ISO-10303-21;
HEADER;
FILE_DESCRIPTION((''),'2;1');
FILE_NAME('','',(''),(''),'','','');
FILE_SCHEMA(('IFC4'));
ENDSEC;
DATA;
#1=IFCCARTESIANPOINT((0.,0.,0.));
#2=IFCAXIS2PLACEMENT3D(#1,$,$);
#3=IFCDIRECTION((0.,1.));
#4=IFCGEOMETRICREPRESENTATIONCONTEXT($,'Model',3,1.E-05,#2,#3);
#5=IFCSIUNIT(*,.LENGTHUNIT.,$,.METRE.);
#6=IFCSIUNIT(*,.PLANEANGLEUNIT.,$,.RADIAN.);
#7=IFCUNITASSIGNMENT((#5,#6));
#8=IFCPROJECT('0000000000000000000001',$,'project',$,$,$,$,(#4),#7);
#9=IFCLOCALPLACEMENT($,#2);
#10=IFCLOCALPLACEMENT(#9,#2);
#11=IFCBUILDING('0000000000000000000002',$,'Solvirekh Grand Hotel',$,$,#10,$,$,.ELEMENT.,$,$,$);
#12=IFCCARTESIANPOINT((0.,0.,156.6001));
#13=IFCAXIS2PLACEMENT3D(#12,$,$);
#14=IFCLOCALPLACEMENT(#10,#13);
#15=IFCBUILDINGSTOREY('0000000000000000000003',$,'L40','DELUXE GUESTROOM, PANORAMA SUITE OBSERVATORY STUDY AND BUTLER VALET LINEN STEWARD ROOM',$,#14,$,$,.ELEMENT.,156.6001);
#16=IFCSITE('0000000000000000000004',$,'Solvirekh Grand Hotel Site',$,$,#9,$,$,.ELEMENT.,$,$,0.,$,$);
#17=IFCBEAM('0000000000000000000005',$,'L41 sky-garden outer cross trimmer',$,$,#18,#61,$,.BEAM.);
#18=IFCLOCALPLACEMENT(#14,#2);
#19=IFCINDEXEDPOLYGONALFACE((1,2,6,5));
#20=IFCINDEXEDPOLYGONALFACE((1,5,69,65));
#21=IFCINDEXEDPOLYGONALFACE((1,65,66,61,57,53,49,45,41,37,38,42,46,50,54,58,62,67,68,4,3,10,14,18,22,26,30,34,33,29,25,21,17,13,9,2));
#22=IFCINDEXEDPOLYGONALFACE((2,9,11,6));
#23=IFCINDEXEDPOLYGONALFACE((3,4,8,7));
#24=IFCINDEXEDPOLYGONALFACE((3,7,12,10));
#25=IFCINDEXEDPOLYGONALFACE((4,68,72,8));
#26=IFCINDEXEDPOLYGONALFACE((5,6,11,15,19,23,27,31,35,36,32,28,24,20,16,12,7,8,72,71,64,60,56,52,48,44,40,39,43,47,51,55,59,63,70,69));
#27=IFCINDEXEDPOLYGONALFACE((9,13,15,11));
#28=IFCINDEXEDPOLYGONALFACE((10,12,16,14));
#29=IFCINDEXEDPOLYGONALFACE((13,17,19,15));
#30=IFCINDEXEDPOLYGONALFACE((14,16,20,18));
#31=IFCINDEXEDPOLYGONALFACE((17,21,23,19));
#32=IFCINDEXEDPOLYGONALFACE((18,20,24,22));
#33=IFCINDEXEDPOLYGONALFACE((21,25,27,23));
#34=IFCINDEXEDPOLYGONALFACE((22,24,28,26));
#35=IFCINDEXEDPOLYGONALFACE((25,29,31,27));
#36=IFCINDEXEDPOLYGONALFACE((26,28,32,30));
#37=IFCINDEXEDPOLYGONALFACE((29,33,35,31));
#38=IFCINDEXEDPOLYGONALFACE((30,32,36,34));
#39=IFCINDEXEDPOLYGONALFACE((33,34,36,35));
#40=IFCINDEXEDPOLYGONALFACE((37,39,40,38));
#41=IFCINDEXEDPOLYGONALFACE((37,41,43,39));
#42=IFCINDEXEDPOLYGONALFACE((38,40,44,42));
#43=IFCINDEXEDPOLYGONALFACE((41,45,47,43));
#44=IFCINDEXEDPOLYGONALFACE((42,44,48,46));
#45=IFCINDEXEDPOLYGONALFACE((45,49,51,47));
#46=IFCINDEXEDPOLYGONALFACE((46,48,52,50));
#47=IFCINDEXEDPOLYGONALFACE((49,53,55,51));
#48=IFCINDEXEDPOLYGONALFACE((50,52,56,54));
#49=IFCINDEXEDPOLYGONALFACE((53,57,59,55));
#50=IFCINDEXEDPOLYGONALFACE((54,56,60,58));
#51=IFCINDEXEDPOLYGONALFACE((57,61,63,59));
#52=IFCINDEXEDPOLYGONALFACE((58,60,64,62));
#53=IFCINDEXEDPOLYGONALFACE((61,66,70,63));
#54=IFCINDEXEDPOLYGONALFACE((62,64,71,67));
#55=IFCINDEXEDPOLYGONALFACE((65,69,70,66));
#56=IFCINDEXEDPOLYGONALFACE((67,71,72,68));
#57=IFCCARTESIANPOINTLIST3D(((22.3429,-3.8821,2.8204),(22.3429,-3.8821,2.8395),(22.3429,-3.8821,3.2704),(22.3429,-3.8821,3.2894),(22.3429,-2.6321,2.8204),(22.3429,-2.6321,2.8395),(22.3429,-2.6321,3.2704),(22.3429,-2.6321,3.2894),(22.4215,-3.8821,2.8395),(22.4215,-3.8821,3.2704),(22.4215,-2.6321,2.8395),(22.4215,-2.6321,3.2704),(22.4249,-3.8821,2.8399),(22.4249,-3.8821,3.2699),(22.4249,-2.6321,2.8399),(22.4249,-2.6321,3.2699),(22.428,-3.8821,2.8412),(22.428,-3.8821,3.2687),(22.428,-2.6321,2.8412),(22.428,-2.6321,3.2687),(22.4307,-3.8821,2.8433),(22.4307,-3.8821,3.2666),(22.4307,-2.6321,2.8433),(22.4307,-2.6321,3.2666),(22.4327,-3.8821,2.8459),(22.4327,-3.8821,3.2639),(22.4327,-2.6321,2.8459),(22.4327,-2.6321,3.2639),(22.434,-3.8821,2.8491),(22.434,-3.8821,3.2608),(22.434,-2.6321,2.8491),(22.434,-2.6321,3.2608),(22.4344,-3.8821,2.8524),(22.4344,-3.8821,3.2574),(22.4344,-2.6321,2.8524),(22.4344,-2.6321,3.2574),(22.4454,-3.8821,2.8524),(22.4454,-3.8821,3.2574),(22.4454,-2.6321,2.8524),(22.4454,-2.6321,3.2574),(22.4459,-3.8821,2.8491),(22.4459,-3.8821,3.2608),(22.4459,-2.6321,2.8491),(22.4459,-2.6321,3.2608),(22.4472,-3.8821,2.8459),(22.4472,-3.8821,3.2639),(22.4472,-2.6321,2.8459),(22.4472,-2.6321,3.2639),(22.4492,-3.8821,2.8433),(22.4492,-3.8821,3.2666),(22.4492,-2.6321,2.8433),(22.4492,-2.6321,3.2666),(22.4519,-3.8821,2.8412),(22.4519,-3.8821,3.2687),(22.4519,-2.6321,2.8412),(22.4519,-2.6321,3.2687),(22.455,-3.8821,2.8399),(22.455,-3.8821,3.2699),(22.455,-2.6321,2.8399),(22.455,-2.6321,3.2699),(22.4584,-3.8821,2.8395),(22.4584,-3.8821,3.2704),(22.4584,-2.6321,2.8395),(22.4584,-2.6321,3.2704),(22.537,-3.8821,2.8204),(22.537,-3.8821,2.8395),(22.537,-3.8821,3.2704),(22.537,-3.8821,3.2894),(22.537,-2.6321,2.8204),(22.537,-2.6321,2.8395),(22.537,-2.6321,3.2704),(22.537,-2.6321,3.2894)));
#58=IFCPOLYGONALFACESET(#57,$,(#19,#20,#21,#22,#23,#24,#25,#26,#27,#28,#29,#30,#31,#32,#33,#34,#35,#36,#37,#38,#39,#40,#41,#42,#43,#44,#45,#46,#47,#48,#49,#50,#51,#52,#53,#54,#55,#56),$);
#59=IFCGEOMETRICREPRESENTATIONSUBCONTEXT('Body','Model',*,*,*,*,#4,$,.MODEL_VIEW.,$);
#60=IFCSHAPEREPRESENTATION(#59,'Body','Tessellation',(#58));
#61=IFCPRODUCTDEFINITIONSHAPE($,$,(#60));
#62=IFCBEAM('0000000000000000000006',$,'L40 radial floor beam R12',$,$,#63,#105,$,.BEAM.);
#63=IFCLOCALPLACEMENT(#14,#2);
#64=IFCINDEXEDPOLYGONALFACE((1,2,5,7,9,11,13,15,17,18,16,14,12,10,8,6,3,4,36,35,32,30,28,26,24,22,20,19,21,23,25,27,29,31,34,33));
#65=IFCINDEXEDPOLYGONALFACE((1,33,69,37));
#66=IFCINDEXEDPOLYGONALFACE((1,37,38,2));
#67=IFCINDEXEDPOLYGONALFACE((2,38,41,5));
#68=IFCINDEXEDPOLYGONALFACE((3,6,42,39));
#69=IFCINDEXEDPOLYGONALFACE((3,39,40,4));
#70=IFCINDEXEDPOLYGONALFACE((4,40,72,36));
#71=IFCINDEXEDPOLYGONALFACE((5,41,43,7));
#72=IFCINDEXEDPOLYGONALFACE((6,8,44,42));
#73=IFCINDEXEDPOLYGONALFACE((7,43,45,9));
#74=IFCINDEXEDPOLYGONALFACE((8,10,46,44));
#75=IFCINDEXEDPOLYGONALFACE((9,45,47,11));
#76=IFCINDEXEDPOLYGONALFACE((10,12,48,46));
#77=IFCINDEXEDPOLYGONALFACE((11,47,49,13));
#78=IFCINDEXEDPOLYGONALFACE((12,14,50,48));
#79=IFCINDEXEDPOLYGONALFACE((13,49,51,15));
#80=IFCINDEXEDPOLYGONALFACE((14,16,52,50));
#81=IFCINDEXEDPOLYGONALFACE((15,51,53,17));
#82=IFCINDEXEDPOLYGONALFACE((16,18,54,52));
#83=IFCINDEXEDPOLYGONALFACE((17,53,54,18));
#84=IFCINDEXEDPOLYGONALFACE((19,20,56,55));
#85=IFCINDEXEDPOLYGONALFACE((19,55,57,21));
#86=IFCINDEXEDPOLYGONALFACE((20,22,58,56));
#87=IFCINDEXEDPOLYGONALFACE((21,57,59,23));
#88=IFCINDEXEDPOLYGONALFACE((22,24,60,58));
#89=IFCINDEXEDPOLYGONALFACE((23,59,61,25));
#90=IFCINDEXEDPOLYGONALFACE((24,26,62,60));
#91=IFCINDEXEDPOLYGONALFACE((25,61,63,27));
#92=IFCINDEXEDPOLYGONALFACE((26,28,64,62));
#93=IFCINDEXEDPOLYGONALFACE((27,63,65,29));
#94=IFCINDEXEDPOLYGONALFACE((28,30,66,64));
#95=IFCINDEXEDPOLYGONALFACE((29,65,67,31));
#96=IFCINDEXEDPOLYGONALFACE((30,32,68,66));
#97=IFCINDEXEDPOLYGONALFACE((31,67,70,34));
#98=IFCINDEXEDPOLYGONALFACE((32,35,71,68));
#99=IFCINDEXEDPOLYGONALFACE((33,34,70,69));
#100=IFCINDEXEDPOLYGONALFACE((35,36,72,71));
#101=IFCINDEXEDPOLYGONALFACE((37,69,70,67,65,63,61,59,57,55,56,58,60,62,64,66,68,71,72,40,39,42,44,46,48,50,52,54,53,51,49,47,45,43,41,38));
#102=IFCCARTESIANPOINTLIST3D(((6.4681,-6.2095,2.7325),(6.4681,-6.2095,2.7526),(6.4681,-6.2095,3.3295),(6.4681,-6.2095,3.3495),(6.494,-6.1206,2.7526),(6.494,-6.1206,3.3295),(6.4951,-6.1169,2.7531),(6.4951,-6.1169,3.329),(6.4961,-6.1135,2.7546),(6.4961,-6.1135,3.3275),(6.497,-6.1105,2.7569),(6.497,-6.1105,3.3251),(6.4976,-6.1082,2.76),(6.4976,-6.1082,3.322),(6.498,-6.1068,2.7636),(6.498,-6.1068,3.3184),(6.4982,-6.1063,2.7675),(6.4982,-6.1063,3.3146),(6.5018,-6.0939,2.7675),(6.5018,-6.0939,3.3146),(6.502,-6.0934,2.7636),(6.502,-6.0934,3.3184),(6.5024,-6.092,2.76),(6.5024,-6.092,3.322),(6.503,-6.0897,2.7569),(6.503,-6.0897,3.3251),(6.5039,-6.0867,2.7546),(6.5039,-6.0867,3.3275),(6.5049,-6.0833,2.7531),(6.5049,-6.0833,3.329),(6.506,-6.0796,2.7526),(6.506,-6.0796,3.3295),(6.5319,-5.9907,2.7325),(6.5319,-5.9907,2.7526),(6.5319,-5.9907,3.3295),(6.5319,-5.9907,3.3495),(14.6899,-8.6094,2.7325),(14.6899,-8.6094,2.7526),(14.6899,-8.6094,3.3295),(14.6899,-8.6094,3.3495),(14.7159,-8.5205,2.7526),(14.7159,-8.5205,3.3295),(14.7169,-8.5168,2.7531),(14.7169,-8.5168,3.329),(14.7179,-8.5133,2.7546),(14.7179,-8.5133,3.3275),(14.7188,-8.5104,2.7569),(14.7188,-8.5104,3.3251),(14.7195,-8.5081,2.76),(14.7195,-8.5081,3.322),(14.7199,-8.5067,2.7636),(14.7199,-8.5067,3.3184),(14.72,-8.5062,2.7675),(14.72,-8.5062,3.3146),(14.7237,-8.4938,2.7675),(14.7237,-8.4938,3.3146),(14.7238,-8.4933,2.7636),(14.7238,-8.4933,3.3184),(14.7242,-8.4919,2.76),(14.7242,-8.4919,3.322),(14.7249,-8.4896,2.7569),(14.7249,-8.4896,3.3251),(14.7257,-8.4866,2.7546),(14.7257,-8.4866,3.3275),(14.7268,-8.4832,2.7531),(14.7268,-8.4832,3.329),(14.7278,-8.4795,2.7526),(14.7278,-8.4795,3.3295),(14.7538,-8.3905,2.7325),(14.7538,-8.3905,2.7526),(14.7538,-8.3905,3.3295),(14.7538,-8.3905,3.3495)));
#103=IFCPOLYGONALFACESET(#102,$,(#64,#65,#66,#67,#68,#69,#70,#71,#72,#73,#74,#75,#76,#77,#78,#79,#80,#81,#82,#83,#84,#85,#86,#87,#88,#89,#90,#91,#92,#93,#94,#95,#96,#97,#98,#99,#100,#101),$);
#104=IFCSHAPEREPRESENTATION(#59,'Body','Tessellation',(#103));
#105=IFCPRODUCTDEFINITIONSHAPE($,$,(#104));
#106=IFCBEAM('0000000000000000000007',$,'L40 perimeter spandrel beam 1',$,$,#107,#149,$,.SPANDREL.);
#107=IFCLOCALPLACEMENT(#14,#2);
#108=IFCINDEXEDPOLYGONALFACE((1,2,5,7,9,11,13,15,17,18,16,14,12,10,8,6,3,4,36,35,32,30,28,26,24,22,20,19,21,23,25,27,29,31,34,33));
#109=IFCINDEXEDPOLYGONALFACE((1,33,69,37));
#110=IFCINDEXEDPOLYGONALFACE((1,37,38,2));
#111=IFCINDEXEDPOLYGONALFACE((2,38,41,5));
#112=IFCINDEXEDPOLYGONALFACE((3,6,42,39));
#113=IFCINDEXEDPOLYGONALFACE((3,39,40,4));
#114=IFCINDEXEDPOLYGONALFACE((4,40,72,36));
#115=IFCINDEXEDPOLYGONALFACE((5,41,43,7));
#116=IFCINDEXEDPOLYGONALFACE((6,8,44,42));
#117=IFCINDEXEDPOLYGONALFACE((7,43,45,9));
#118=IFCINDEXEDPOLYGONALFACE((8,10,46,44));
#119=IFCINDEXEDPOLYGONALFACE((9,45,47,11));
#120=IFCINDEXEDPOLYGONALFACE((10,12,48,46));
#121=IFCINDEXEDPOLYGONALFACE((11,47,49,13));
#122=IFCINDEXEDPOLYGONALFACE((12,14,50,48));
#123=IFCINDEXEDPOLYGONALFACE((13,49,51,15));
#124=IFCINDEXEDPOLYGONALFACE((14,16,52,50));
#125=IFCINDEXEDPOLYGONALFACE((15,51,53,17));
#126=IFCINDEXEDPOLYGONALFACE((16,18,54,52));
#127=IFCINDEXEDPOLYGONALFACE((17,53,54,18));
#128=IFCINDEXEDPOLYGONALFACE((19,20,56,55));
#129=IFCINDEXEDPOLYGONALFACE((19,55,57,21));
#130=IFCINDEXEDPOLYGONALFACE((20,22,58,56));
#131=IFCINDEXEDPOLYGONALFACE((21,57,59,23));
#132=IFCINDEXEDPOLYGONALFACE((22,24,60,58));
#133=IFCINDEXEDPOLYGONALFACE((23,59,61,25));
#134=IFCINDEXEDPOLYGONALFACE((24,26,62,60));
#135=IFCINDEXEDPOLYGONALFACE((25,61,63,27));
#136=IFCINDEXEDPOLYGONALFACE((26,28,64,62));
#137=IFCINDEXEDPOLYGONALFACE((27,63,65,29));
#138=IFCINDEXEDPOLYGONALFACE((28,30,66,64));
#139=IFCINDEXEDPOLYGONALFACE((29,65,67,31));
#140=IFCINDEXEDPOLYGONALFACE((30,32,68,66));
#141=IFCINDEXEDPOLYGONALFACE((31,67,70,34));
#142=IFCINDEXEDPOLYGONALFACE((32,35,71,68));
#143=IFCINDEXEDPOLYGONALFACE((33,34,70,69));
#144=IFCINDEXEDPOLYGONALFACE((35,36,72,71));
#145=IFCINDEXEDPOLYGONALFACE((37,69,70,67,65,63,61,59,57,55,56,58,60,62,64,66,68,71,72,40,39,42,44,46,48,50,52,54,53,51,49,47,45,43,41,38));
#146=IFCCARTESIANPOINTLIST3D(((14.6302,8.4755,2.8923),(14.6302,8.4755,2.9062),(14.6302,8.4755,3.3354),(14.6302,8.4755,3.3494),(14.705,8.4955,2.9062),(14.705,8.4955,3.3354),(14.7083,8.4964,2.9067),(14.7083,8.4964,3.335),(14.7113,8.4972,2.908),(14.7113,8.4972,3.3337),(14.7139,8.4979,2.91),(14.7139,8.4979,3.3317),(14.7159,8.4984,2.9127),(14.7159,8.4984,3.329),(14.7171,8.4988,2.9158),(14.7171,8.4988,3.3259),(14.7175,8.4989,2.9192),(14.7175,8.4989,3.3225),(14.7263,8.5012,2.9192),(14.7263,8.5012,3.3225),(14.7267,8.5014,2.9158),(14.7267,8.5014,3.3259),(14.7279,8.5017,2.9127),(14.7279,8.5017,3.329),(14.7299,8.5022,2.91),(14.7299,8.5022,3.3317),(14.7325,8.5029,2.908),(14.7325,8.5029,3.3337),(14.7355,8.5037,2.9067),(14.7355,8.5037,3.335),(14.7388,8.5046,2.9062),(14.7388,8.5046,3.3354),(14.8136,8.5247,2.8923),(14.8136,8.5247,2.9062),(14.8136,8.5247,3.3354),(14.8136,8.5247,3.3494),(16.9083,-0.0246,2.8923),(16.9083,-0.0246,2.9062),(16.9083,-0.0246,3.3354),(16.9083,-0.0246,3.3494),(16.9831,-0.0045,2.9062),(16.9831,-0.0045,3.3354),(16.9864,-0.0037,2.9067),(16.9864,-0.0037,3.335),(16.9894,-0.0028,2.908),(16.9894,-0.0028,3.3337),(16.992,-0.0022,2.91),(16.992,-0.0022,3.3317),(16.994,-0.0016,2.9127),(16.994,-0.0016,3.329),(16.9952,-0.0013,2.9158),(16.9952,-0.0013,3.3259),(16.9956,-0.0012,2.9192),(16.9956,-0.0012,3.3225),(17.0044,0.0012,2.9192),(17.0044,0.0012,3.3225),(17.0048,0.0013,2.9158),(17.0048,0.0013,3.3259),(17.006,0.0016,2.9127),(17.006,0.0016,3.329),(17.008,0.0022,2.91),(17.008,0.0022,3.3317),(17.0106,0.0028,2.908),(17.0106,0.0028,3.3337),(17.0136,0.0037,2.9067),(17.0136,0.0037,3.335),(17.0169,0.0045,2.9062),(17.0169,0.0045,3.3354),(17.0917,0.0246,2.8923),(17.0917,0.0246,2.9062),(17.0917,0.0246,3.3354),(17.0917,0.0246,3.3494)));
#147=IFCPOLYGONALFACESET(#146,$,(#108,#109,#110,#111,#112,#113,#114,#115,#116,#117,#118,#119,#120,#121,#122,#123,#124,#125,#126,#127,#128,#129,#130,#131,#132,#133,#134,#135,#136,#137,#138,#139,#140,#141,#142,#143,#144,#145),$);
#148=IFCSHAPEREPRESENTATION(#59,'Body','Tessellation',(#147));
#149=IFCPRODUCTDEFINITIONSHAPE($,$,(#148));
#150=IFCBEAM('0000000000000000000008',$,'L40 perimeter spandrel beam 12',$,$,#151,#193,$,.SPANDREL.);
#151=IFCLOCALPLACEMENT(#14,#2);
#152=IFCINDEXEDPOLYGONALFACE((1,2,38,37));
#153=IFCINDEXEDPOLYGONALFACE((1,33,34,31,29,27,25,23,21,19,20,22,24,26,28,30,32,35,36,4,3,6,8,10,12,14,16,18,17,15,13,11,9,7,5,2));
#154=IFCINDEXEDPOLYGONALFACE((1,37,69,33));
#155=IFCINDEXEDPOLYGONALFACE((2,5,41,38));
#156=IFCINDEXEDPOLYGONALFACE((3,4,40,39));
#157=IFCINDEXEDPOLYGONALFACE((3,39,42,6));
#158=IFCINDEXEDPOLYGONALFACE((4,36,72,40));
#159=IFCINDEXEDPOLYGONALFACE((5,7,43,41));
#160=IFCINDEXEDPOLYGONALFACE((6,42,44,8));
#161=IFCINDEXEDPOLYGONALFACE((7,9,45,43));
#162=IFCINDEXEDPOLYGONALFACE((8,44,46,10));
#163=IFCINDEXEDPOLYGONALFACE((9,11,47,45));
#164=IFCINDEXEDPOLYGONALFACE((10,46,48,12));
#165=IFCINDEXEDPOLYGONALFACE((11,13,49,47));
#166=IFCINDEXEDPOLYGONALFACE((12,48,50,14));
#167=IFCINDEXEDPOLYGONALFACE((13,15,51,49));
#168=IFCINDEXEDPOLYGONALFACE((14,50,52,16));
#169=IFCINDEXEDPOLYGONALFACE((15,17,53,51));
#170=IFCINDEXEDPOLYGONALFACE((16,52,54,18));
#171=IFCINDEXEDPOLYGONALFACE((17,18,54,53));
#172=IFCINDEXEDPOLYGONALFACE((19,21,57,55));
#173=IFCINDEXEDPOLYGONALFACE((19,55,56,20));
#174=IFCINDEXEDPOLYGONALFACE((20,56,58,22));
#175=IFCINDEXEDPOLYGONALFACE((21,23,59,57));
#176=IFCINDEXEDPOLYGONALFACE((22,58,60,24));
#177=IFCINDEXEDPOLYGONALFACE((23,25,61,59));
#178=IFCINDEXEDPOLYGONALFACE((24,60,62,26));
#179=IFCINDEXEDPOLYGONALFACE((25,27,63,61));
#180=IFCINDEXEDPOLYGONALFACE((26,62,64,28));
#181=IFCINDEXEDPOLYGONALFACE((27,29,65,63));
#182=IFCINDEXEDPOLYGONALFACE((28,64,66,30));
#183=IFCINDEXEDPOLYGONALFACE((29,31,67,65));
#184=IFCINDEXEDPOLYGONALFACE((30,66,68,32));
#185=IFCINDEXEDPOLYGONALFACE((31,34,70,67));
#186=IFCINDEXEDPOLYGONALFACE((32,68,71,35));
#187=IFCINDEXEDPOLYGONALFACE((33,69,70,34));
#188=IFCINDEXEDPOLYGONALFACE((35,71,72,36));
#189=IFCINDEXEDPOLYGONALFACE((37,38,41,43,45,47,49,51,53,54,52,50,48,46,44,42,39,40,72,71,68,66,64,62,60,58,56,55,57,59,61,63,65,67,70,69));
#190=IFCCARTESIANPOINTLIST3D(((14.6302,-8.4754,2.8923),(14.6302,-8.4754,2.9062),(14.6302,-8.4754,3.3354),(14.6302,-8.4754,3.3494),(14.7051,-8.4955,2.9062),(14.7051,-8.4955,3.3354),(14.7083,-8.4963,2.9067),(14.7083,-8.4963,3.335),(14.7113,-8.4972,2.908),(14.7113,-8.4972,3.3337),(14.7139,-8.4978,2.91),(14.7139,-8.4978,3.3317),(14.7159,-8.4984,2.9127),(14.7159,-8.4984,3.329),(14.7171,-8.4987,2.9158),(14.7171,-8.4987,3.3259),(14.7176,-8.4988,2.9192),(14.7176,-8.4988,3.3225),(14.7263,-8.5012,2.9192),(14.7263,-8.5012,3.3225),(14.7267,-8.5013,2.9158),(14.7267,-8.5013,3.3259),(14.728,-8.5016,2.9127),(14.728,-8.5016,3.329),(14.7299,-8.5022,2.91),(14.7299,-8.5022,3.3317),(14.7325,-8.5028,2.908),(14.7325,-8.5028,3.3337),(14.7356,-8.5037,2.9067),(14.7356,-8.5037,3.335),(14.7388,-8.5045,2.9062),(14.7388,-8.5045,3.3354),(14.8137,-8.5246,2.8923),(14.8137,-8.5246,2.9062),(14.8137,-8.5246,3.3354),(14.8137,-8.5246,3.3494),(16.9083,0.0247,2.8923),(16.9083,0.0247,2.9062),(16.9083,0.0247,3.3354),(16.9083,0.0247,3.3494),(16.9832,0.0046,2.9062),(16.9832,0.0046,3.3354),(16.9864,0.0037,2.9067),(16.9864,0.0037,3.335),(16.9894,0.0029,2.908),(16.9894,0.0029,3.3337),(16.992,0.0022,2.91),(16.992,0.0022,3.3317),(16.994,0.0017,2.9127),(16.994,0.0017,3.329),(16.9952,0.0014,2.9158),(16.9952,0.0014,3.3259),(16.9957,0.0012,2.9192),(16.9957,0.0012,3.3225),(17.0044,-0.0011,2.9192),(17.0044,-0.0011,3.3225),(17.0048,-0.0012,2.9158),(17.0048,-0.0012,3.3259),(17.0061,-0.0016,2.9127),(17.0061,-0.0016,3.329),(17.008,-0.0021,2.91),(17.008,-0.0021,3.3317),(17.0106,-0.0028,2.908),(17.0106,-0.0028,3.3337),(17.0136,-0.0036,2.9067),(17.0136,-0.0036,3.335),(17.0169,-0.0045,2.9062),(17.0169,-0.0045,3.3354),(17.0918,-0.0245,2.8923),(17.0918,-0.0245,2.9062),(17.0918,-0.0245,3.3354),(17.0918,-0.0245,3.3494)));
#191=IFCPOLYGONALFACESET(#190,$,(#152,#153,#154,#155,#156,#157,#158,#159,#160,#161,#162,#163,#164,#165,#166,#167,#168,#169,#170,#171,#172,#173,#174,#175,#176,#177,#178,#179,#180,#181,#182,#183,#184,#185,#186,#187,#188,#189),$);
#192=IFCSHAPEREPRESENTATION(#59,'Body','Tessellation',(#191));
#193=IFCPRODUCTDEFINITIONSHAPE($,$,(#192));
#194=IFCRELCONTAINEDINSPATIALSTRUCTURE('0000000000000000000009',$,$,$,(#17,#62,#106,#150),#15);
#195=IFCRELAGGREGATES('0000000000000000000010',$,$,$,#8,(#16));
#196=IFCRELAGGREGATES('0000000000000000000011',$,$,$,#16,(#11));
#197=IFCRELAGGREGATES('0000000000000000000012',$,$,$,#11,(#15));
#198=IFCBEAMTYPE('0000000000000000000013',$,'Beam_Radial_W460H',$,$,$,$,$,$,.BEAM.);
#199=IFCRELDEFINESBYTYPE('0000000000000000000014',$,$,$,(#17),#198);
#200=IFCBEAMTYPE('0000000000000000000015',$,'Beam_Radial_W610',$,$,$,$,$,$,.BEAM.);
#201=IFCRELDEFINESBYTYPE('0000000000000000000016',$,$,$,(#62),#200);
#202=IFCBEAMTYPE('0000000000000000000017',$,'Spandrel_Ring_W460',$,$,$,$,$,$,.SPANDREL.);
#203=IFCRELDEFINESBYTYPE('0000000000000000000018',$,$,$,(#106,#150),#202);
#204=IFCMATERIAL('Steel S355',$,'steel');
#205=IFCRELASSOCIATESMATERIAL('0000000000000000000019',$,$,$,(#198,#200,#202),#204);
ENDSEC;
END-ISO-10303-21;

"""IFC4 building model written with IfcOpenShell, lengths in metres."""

from ifc_helpers import new_model, si_unit, direction, frame, origin, origin_2d, place, context, subcontext, project, spatial, i_section, extrude, material, material_profile, profile_set, type_object, element, save


model = new_model("IFC4")

# Units and contexts
model_context = context("Model", 3, precision=1e-05, world=origin(), true_north=direction((0.0, 1.0)))
body_context = subcontext(model_context, "Body", "Model", "MODEL_VIEW")
ifc_project = project(units=[si_unit("LENGTHUNIT", "METRE"), si_unit("PLANEANGLEUNIT", "RADIAN")], contexts=[model_context])

# Site, building, storey
site_placement = place(None, origin())
site = spatial("IfcSite", under=ifc_project, at=site_placement, Name="Solvirekh Grand Hotel Site", CompositionType="ELEMENT", RefElevation=0.0)
building_placement = place(site_placement, origin())
building = spatial("IfcBuilding", under=site, at=building_placement, Name="Solvirekh Grand Hotel", CompositionType="ELEMENT")
storey_placement = place(building_placement, frame((0.0, 0.0, 156.6001)))
storey = spatial("IfcBuildingStorey", under=building, at=storey_placement, Name="L40", Description="DELUXE GUESTROOM, PANORAMA SUITE OBSERVATORY STUDY AND BUTLER VALET LINEN STEWARD ROOM", CompositionType="ELEMENT", Elevation=156.6001)

# Beams
ifc_material_1 = material(Name="Steel S355", Category="steel")
ifc_material_profile_1 = material_profile(ifc_material_1, i_section(OverallWidth=0.1941, OverallDepth=0.469, WebThickness=0.011, FlangeThickness=0.019, FilletRadius=0.0129, at=origin_2d()), Name="W460X106")
ifc_profile_set_1 = profile_set([ifc_material_profile_1], Name="Steel S355")
beam_type_1 = type_object("IfcBeamType", Name="Beam_Radial_W460H", PredefinedType="BEAM", material=ifc_profile_set_1)
beam_1_placement = place(storey_placement, frame((22.4399, -3.8821, 3.0549), z_axis=(0.0, 1.0, 0.0), x_axis=(-1.0, 0.0, 0.0)))
element("IfcBeam", 1, at=beam_1_placement, inside=storey, type_object=beam_type_1, Name="L41 sky-garden outer cross trimmer", PredefinedType="BEAM", context=body_context, shape_type="SweptSolid", body=[
    extrude(i_section(OverallWidth=0.1941, OverallDepth=0.469, WebThickness=0.011, FlangeThickness=0.019, FilletRadius=0.0129, at=origin_2d()), origin(), (0.0, 0.0, 1.0), 1.25),
])
ifc_material_profile_2 = material_profile(ifc_material_1, i_section(OverallWidth=0.228, OverallDepth=0.6169, WebThickness=0.0129, FlangeThickness=0.02, FilletRadius=0.0149, at=origin_2d()), Name="W610X140")
ifc_profile_set_2 = profile_set([ifc_material_profile_2], Name="Steel S355")
beam_type_2 = type_object("IfcBeamType", Name="Beam_Radial_W610", PredefinedType="BEAM", material=ifc_profile_set_2)
beam_2_placement = place(storey_placement, frame((6.5, -6.1001, 3.041), z_axis=(0.959942, -0.280198, 0.0), x_axis=(0.280198, 0.959942, 0.0)))
element("IfcBeam", 2, at=beam_2_placement, inside=storey, type_object=beam_type_2, Name="L40 radial floor beam R12", PredefinedType="BEAM", context=body_context, shape_type="SweptSolid", body=[
    extrude(i_section(OverallWidth=0.228, OverallDepth=0.6169, WebThickness=0.0129, FlangeThickness=0.02, FilletRadius=0.0149, at=origin_2d()), origin(), (0.0, 0.0, 1.0), 8.5649),
])
ifc_material_profile_3 = material_profile(ifc_material_1, i_section(OverallWidth=0.1899, OverallDepth=0.457, WebThickness=0.009, FlangeThickness=0.0139, FilletRadius=0.0129, at=origin_2d()), Name="W460X74")
ifc_profile_set_3 = profile_set([ifc_material_profile_3], Name="Steel S355")
beam_type_3 = type_object("IfcBeamType", Name="Spandrel_Ring_W460", PredefinedType="SPANDREL", material=ifc_profile_set_3)
for number, where, z_axis, x_axis, name in (
    (3, (17.0, 0.0, 3.1208), (-0.258873, 0.965911, 0.0), (-0.965911, -0.258873, 0.0), "L40 perimeter spandrel beam 1"),
    (4, (14.7219, -8.5, 3.1208), (0.258873, 0.965911, 0.0), (-0.965911, 0.258873, 0.0), "L40 perimeter spandrel beam 12"),
):
    element("IfcBeam", number, at=place(storey_placement, frame(where, z_axis=z_axis, x_axis=x_axis)), inside=storey, type_object=beam_type_3, Name=name, PredefinedType="SPANDREL", context=body_context, shape_type="SweptSolid", body=[
        extrude(i_section(OverallWidth=0.1899, OverallDepth=0.457, WebThickness=0.009, FlangeThickness=0.0139, FilletRadius=0.0129, at=origin_2d()), origin(), (0.0, 0.0, 1.0), 8.8),
    ])

save(model, "model.ifc")
